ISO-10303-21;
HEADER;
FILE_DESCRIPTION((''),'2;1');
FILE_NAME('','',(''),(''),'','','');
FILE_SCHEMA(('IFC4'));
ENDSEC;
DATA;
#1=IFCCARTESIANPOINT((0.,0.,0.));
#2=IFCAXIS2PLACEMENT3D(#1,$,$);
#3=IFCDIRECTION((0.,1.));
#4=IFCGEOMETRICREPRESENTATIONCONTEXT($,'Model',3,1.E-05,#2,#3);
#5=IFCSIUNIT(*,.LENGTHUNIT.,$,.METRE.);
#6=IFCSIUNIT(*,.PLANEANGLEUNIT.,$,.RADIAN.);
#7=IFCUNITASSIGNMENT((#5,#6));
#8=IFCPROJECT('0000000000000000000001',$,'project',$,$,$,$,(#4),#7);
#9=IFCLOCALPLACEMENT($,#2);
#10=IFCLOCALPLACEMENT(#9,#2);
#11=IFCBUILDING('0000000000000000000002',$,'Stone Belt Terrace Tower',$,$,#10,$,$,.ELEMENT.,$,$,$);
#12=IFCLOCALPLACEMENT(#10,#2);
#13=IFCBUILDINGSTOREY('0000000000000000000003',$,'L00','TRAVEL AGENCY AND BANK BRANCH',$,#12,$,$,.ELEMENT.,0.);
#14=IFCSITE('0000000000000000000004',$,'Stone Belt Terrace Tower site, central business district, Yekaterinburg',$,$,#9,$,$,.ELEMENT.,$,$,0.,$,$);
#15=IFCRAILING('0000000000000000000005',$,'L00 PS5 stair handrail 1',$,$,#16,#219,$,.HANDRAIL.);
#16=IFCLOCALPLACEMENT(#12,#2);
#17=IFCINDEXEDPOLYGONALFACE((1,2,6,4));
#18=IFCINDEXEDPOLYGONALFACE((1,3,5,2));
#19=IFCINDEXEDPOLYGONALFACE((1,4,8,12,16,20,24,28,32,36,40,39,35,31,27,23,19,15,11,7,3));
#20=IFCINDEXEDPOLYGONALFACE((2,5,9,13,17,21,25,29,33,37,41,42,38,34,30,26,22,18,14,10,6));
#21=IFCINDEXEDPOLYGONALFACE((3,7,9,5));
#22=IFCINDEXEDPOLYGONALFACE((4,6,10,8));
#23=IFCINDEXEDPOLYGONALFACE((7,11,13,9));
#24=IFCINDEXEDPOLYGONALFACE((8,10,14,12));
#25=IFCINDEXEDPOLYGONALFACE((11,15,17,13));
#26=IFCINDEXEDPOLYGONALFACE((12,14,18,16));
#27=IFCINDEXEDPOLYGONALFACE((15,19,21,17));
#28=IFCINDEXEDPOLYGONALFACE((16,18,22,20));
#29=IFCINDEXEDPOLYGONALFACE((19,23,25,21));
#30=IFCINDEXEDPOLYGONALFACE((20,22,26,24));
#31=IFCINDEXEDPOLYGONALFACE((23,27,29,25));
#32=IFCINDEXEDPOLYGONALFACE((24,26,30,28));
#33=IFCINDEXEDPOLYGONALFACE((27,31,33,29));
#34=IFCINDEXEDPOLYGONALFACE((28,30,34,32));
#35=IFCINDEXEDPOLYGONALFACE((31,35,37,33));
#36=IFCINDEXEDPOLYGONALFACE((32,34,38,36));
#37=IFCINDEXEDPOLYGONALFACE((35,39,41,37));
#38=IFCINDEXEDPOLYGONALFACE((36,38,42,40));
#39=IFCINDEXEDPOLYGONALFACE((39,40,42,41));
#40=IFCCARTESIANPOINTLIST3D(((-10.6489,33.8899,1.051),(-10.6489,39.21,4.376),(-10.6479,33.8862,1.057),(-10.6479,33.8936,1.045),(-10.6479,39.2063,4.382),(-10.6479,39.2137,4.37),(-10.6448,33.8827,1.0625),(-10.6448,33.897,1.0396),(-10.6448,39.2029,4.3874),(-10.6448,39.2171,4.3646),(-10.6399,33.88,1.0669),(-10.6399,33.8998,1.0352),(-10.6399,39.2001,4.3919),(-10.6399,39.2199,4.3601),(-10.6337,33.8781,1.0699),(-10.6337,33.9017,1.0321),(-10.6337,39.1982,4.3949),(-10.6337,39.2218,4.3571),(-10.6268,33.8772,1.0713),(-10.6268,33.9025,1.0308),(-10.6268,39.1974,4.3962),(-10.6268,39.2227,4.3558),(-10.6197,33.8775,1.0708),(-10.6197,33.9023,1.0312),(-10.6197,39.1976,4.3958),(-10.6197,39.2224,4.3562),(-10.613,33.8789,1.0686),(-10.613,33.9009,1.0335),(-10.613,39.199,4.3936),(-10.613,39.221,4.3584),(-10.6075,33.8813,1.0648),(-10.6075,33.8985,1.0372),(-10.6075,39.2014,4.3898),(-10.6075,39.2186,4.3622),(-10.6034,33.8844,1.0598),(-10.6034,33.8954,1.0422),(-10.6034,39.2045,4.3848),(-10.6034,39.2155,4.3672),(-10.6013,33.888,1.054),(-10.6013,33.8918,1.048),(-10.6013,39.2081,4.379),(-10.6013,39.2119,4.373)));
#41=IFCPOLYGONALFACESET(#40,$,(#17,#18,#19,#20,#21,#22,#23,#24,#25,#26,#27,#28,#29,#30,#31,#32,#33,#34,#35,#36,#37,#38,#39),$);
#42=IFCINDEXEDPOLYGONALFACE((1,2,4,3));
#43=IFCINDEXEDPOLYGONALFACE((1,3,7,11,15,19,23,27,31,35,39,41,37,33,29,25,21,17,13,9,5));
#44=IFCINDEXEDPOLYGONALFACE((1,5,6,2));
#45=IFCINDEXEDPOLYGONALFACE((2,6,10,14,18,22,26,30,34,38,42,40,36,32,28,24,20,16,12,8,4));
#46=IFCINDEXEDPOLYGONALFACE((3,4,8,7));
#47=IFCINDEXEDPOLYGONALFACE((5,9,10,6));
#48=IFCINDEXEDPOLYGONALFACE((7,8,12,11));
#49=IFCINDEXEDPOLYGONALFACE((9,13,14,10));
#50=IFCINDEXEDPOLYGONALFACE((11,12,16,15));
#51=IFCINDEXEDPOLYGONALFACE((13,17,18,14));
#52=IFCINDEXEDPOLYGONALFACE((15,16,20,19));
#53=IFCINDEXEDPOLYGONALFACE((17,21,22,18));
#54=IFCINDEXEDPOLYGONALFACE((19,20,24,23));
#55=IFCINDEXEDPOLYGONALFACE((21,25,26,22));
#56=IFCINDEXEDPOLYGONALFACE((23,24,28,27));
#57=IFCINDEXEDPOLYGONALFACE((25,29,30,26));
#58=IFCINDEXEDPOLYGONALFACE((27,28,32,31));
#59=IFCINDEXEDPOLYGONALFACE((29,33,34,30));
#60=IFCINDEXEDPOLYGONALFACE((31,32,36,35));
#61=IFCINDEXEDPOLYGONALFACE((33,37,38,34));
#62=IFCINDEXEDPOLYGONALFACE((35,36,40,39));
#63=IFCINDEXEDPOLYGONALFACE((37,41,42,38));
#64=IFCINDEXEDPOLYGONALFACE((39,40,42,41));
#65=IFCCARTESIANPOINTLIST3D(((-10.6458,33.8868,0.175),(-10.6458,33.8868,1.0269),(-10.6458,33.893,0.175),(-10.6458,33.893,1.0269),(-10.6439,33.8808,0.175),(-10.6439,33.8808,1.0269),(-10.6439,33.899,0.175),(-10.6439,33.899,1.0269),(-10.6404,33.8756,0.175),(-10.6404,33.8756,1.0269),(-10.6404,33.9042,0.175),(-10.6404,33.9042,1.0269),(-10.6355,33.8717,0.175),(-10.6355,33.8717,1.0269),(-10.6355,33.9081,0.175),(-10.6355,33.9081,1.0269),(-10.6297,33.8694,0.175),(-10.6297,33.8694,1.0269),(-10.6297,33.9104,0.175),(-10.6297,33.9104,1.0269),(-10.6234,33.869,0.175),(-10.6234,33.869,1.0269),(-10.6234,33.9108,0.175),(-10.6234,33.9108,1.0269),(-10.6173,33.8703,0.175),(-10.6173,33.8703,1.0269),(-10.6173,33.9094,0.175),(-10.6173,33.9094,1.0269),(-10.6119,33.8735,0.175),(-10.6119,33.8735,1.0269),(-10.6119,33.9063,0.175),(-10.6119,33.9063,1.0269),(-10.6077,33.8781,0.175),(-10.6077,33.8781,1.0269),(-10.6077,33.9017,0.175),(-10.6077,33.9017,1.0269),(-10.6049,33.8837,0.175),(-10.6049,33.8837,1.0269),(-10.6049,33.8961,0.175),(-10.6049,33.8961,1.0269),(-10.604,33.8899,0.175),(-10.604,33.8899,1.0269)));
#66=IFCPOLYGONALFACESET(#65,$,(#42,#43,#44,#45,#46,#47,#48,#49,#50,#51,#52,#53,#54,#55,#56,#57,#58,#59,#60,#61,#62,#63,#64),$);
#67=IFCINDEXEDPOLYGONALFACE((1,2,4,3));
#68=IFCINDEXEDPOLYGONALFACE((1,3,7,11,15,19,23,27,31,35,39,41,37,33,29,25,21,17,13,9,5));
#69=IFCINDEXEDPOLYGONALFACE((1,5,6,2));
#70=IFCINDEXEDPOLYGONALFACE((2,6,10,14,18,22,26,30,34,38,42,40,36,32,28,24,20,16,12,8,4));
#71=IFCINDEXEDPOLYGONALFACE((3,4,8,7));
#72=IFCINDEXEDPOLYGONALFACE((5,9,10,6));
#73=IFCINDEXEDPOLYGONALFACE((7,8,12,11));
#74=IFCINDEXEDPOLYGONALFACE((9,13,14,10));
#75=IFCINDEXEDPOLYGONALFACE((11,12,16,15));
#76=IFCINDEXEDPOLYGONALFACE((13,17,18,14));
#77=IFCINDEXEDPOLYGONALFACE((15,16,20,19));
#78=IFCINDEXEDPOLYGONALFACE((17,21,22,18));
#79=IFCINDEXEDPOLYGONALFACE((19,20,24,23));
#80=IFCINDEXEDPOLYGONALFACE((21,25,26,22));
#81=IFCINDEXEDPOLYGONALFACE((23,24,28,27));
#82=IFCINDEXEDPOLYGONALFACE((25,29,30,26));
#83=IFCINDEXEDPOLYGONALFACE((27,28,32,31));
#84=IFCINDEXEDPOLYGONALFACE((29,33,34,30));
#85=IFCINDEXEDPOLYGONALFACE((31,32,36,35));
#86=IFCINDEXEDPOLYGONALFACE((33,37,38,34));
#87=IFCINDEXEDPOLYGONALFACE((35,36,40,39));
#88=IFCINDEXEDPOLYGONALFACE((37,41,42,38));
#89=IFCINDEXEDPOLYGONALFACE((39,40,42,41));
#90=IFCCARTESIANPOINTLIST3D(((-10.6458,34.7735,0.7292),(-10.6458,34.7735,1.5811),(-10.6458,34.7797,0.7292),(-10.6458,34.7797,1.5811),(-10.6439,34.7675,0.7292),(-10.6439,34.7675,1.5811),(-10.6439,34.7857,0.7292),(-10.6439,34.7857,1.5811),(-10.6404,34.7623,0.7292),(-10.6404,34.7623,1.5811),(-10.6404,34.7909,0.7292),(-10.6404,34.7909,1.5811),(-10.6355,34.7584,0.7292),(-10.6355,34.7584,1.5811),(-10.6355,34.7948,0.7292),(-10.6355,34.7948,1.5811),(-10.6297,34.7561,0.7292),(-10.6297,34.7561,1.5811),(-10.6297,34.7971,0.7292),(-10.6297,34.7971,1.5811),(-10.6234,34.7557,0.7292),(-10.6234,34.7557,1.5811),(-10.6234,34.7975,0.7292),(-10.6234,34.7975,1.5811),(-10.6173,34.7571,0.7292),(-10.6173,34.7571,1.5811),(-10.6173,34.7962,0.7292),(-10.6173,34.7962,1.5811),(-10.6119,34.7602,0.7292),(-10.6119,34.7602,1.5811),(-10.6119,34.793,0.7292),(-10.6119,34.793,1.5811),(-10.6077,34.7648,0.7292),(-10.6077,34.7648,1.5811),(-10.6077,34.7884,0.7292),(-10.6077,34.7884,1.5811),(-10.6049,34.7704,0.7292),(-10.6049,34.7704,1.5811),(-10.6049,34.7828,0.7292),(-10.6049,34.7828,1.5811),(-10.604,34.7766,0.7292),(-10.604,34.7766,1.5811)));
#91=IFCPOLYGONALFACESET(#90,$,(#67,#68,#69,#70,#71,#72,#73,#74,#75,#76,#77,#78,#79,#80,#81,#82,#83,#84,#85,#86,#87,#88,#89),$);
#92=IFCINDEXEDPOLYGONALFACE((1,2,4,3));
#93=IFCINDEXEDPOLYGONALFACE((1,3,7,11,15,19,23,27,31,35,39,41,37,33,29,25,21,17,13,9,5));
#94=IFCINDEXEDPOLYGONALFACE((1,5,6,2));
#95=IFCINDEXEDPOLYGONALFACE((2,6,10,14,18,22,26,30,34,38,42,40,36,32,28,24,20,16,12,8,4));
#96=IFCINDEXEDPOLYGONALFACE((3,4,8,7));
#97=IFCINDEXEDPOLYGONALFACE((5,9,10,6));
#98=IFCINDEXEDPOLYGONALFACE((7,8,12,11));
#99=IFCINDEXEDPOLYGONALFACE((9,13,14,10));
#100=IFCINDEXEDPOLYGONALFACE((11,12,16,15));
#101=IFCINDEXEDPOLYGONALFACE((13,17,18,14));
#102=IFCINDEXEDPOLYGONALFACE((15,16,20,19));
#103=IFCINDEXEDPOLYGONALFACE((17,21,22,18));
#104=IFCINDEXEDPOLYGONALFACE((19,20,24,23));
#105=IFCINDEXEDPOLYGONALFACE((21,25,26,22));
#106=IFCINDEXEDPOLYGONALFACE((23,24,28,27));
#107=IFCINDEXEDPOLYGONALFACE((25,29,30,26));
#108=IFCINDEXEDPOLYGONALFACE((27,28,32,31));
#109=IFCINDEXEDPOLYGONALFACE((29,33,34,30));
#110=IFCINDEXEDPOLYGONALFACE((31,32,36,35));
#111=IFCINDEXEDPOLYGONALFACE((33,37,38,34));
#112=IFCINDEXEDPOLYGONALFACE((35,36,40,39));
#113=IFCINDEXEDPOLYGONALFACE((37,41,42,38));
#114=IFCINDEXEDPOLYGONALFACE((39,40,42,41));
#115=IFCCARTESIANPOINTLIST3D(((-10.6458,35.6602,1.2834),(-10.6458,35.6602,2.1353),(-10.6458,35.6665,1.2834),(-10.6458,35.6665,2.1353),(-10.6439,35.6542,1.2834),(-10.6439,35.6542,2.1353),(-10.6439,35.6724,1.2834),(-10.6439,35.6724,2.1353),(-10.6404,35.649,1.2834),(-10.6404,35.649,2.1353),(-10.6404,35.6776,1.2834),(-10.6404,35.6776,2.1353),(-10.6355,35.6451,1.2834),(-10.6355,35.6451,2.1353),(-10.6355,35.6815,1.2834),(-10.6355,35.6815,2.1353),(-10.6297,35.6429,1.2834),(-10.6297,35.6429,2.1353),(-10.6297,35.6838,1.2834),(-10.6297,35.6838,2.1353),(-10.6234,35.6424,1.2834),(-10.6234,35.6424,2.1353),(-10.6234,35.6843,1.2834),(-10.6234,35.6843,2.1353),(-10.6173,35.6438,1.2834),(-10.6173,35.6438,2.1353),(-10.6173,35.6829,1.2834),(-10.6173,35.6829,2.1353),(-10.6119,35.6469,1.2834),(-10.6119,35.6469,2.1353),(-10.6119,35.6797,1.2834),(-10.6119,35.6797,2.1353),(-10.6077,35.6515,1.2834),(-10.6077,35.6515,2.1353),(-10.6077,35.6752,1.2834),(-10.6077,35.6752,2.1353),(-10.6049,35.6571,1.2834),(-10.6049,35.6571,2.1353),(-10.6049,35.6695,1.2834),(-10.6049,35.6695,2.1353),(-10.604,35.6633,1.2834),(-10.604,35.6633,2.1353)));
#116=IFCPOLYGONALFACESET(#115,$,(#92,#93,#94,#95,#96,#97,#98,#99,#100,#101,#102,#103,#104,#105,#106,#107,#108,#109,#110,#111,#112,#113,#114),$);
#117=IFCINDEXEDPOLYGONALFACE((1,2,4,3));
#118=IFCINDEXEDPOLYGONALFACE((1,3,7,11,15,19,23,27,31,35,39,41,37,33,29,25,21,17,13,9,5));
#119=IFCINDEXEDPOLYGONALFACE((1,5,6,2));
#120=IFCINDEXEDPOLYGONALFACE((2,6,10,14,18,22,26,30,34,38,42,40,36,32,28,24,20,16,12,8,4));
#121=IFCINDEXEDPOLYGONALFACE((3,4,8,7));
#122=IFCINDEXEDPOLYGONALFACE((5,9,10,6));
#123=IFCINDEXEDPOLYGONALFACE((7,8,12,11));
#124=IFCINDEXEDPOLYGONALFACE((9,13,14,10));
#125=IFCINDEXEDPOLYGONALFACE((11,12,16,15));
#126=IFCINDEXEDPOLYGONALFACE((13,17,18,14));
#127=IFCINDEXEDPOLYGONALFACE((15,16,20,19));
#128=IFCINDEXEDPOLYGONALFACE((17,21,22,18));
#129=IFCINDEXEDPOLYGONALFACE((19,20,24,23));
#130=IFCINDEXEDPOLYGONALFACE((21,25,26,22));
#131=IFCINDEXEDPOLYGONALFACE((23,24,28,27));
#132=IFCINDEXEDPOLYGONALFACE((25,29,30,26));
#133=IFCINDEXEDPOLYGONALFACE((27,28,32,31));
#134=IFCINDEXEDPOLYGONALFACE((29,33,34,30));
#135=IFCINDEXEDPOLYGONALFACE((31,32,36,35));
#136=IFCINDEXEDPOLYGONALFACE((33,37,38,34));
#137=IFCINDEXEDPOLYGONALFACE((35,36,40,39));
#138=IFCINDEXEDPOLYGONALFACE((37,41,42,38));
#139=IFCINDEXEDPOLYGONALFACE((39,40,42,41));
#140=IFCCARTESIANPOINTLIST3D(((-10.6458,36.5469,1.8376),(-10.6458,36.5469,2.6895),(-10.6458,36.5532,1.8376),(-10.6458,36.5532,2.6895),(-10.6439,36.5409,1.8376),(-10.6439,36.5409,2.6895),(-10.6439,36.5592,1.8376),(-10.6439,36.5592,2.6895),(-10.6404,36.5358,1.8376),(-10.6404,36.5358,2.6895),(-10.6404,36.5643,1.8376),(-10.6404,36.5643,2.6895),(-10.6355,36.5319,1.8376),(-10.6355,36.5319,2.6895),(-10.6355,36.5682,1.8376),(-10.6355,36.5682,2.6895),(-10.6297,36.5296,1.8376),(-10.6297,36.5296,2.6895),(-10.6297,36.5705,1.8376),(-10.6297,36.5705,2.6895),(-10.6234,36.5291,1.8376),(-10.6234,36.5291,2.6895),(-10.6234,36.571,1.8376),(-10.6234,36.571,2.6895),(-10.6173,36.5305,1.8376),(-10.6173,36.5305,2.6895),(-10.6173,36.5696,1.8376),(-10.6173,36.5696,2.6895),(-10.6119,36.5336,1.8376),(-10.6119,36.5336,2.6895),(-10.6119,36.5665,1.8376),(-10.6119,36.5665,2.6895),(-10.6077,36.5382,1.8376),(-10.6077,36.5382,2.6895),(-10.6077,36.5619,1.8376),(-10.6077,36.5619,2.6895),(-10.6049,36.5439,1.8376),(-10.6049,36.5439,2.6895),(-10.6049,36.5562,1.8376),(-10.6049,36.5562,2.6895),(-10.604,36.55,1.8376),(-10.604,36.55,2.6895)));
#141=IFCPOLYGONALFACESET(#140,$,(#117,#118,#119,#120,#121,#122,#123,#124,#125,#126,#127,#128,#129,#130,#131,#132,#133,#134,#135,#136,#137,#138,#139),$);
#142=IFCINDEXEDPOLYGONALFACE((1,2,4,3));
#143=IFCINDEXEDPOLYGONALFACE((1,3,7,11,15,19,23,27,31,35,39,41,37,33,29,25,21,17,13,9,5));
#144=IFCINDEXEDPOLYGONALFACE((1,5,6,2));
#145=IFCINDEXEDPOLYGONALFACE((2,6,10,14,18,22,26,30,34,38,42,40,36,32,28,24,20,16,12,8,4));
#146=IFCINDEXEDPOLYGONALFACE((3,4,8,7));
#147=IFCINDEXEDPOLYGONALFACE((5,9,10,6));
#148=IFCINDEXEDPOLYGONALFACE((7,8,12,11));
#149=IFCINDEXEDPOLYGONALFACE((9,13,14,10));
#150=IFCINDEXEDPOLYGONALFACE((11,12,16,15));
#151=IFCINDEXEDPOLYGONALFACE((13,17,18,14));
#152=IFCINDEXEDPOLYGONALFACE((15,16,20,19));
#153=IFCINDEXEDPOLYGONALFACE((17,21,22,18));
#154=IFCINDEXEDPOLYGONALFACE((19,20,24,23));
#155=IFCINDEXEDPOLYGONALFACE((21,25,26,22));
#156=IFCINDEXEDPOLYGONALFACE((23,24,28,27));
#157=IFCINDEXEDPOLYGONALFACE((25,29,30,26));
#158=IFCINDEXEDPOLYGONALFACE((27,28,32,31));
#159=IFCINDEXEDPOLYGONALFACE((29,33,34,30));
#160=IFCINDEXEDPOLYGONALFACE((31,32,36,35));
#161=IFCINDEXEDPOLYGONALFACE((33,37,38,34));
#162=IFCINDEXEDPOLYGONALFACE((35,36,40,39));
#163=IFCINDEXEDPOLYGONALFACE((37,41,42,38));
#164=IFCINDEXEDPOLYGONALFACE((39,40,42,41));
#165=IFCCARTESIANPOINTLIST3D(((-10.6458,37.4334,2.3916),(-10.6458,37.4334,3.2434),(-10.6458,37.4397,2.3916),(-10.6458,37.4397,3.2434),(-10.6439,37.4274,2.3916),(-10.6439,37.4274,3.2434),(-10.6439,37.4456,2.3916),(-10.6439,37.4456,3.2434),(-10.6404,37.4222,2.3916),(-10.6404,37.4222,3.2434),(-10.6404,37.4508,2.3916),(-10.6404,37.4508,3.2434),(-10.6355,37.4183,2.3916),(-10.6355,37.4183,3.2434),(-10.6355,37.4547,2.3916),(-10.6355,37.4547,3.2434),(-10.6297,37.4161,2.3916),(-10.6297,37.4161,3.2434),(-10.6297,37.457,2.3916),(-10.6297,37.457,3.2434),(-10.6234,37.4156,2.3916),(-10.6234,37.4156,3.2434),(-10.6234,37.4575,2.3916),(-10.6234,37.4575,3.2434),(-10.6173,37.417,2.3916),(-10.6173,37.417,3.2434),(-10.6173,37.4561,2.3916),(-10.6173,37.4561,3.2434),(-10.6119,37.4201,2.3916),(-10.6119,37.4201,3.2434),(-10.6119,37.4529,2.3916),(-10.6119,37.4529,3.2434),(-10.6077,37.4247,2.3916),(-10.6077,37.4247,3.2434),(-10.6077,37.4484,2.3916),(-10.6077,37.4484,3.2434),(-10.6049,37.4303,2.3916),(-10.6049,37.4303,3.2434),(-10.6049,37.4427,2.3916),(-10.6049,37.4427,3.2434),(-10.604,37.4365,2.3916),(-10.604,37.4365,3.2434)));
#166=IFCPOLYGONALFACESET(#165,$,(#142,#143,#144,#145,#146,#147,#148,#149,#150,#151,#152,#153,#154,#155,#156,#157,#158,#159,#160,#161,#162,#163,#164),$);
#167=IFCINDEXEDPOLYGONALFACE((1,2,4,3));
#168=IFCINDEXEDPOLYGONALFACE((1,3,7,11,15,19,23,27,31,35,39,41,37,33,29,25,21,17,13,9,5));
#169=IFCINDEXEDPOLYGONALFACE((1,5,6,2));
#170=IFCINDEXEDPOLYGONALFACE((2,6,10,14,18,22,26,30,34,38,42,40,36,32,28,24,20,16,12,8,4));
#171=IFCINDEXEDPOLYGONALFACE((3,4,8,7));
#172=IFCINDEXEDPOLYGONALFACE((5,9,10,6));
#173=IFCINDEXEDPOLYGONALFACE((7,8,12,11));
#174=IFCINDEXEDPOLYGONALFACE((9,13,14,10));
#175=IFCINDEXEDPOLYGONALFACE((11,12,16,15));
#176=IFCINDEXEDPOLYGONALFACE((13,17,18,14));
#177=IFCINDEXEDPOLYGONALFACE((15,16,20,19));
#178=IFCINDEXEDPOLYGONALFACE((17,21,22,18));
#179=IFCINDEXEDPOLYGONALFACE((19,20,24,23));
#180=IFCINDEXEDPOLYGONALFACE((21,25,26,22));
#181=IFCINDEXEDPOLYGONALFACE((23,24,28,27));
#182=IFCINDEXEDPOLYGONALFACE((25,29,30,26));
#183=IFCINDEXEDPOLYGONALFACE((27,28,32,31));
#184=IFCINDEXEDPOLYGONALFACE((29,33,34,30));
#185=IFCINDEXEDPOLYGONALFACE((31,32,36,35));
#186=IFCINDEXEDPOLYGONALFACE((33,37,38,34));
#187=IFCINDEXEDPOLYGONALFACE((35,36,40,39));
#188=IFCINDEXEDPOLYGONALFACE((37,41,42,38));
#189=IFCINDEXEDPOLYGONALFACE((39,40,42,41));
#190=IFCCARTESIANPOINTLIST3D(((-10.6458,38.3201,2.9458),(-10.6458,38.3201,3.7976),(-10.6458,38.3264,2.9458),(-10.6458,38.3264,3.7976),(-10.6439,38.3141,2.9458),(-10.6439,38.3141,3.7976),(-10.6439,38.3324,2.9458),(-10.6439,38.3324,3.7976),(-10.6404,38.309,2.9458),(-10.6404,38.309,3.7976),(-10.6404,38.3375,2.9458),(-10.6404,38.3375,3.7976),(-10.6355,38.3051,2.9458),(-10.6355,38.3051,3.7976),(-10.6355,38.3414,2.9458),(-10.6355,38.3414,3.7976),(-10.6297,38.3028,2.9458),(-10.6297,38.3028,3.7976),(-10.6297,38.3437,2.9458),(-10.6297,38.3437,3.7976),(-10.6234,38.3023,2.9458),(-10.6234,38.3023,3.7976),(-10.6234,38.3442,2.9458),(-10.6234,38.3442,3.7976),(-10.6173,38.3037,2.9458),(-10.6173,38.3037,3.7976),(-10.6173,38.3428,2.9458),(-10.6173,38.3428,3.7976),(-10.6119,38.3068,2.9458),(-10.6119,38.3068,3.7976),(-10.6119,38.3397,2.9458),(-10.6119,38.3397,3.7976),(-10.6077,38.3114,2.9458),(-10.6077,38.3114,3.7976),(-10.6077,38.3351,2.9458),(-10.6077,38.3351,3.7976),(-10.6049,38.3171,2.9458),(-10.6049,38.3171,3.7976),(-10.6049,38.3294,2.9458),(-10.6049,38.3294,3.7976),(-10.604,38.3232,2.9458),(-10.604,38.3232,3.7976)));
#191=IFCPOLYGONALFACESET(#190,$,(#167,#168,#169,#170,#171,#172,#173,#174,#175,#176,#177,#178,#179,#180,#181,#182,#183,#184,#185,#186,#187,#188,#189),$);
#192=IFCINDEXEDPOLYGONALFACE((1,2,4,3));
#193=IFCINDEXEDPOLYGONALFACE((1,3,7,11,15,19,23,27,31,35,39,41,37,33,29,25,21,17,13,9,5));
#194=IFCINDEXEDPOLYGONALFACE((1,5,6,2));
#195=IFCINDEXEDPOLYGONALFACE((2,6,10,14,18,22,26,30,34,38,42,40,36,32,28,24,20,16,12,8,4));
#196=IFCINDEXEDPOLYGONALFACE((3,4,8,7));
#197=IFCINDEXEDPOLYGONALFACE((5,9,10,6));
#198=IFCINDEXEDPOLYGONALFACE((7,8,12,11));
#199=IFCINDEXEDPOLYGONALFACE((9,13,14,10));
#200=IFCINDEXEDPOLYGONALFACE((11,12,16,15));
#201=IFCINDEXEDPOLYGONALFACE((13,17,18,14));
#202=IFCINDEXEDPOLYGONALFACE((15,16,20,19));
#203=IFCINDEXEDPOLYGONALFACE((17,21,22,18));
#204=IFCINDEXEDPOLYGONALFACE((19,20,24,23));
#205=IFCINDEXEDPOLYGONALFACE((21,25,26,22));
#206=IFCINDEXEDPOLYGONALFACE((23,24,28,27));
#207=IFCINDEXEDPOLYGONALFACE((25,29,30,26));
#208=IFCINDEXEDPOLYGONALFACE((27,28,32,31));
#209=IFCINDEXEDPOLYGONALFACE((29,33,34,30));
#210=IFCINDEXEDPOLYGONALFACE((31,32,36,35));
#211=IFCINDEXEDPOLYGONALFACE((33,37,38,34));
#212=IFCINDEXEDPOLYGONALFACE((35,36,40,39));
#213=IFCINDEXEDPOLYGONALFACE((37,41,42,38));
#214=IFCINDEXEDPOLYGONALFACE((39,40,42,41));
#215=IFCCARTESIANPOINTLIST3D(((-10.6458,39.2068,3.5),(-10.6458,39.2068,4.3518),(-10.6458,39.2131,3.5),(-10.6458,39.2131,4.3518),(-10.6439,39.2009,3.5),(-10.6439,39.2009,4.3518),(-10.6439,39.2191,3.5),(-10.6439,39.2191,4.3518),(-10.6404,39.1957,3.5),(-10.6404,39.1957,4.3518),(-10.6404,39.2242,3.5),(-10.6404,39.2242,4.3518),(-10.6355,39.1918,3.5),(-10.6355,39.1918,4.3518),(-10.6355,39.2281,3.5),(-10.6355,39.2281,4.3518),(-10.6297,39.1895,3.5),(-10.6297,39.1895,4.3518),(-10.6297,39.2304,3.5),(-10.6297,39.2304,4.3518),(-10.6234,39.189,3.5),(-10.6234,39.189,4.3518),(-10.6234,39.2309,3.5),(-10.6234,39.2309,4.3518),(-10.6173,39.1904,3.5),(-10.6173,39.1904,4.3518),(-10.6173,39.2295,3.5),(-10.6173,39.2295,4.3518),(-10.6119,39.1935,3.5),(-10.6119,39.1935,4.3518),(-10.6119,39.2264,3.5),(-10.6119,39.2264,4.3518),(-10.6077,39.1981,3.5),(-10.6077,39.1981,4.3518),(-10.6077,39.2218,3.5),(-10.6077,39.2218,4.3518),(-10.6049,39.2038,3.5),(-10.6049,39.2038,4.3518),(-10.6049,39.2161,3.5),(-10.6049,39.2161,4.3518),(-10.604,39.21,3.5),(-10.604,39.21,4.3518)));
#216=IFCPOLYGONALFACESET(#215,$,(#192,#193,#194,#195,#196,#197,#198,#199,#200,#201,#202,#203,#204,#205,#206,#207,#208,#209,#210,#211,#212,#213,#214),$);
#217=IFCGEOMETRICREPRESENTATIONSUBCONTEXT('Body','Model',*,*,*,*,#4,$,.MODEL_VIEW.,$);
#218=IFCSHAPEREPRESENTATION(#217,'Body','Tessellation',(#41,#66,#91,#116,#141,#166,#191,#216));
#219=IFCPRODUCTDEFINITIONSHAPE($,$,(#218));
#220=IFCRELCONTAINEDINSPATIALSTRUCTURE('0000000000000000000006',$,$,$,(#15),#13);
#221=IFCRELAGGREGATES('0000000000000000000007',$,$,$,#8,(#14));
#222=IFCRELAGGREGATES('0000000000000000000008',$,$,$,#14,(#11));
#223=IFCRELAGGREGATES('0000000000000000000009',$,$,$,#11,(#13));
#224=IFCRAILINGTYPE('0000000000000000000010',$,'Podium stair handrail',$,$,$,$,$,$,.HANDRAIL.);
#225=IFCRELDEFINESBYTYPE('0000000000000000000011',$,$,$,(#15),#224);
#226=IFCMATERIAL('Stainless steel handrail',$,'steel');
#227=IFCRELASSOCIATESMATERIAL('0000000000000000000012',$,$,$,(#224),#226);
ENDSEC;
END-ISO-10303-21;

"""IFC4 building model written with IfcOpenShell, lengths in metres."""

from ifc_helpers import new_model, si_unit, direction, frame, origin, origin_2d, place, context, subcontext, project, spatial, circle, extrude, material, type_object, element, save


model = new_model("IFC4")

# Units and contexts
model_context = context("Model", 3, precision=1e-05, world=origin(), true_north=direction((0.0, 1.0)))
body_context = subcontext(model_context, "Body", "Model", "MODEL_VIEW")
ifc_project = project(units=[si_unit("LENGTHUNIT", "METRE"), si_unit("PLANEANGLEUNIT", "RADIAN")], contexts=[model_context])

# Site, building, storey
site_placement = place(None, origin())
site = spatial("IfcSite", under=ifc_project, at=site_placement, Name="Stone Belt Terrace Tower site, central business district, Yekaterinburg", CompositionType="ELEMENT", RefElevation=0.0)
building_placement = place(site_placement, origin())
building = spatial("IfcBuilding", under=site, at=building_placement, Name="Stone Belt Terrace Tower", CompositionType="ELEMENT")
storey_placement = place(building_placement, origin())
storey = spatial("IfcBuildingStorey", under=building, at=storey_placement, Name="L00", Description="TRAVEL AGENCY AND BANK BRANCH", CompositionType="ELEMENT", Elevation=0.0)

# Railing
ifc_material_1 = material(Name="Stainless steel handrail", Category="steel")
railing_type_1 = type_object("IfcRailingType", Name="Podium stair handrail", PredefinedType="HANDRAIL", material=ifc_material_1)
railing_1_placement = place(storey_placement, frame((-10.625, 33.8899, 0.175)))
element("IfcRailing", 1, at=railing_1_placement, inside=storey, type_object=railing_type_1, Name="L00 PS5 stair handrail 1", PredefinedType="HANDRAIL", context=body_context, shape_type="SweptSolid", body=[
    extrude(circle(Radius=0.0239, at=origin_2d()), frame((0.0, 0.0, 0.876), z_axis=(0.0, 0.848005, 0.529988), x_axis=(-1.0, 0.0, 0.0)), (0.0, 0.0, 1.0), 6.2737),
    extrude(circle(Radius=0.021, at=origin_2d()), origin(), (0.0, 0.0, 1.0), 0.8518),
    extrude(circle(Radius=0.021, at=origin_2d()), frame((0.0, 0.8867, 0.5542)), (0.0, 0.0, 1.0), 0.8518),
    extrude(circle(Radius=0.021, at=origin_2d()), frame((0.0, 1.7734, 1.1084)), (0.0, 0.0, 1.0), 0.8518),
    extrude(circle(Radius=0.021, at=origin_2d()), frame((0.0, 2.6602, 1.6626)), (0.0, 0.0, 1.0), 0.8518),
    extrude(circle(Radius=0.021, at=origin_2d()), frame((0.0, 3.5466, 2.2166)), (0.0, 0.0, 1.0), 0.8518),
    extrude(circle(Radius=0.021, at=origin_2d()), frame((0.0, 4.4333, 2.7708)), (0.0, 0.0, 1.0), 0.8518),
    extrude(circle(Radius=0.021, at=origin_2d()), frame((0.0, 5.3201, 3.325)), (0.0, 0.0, 1.0), 0.8518),
])

save(model, "model.ifc")
